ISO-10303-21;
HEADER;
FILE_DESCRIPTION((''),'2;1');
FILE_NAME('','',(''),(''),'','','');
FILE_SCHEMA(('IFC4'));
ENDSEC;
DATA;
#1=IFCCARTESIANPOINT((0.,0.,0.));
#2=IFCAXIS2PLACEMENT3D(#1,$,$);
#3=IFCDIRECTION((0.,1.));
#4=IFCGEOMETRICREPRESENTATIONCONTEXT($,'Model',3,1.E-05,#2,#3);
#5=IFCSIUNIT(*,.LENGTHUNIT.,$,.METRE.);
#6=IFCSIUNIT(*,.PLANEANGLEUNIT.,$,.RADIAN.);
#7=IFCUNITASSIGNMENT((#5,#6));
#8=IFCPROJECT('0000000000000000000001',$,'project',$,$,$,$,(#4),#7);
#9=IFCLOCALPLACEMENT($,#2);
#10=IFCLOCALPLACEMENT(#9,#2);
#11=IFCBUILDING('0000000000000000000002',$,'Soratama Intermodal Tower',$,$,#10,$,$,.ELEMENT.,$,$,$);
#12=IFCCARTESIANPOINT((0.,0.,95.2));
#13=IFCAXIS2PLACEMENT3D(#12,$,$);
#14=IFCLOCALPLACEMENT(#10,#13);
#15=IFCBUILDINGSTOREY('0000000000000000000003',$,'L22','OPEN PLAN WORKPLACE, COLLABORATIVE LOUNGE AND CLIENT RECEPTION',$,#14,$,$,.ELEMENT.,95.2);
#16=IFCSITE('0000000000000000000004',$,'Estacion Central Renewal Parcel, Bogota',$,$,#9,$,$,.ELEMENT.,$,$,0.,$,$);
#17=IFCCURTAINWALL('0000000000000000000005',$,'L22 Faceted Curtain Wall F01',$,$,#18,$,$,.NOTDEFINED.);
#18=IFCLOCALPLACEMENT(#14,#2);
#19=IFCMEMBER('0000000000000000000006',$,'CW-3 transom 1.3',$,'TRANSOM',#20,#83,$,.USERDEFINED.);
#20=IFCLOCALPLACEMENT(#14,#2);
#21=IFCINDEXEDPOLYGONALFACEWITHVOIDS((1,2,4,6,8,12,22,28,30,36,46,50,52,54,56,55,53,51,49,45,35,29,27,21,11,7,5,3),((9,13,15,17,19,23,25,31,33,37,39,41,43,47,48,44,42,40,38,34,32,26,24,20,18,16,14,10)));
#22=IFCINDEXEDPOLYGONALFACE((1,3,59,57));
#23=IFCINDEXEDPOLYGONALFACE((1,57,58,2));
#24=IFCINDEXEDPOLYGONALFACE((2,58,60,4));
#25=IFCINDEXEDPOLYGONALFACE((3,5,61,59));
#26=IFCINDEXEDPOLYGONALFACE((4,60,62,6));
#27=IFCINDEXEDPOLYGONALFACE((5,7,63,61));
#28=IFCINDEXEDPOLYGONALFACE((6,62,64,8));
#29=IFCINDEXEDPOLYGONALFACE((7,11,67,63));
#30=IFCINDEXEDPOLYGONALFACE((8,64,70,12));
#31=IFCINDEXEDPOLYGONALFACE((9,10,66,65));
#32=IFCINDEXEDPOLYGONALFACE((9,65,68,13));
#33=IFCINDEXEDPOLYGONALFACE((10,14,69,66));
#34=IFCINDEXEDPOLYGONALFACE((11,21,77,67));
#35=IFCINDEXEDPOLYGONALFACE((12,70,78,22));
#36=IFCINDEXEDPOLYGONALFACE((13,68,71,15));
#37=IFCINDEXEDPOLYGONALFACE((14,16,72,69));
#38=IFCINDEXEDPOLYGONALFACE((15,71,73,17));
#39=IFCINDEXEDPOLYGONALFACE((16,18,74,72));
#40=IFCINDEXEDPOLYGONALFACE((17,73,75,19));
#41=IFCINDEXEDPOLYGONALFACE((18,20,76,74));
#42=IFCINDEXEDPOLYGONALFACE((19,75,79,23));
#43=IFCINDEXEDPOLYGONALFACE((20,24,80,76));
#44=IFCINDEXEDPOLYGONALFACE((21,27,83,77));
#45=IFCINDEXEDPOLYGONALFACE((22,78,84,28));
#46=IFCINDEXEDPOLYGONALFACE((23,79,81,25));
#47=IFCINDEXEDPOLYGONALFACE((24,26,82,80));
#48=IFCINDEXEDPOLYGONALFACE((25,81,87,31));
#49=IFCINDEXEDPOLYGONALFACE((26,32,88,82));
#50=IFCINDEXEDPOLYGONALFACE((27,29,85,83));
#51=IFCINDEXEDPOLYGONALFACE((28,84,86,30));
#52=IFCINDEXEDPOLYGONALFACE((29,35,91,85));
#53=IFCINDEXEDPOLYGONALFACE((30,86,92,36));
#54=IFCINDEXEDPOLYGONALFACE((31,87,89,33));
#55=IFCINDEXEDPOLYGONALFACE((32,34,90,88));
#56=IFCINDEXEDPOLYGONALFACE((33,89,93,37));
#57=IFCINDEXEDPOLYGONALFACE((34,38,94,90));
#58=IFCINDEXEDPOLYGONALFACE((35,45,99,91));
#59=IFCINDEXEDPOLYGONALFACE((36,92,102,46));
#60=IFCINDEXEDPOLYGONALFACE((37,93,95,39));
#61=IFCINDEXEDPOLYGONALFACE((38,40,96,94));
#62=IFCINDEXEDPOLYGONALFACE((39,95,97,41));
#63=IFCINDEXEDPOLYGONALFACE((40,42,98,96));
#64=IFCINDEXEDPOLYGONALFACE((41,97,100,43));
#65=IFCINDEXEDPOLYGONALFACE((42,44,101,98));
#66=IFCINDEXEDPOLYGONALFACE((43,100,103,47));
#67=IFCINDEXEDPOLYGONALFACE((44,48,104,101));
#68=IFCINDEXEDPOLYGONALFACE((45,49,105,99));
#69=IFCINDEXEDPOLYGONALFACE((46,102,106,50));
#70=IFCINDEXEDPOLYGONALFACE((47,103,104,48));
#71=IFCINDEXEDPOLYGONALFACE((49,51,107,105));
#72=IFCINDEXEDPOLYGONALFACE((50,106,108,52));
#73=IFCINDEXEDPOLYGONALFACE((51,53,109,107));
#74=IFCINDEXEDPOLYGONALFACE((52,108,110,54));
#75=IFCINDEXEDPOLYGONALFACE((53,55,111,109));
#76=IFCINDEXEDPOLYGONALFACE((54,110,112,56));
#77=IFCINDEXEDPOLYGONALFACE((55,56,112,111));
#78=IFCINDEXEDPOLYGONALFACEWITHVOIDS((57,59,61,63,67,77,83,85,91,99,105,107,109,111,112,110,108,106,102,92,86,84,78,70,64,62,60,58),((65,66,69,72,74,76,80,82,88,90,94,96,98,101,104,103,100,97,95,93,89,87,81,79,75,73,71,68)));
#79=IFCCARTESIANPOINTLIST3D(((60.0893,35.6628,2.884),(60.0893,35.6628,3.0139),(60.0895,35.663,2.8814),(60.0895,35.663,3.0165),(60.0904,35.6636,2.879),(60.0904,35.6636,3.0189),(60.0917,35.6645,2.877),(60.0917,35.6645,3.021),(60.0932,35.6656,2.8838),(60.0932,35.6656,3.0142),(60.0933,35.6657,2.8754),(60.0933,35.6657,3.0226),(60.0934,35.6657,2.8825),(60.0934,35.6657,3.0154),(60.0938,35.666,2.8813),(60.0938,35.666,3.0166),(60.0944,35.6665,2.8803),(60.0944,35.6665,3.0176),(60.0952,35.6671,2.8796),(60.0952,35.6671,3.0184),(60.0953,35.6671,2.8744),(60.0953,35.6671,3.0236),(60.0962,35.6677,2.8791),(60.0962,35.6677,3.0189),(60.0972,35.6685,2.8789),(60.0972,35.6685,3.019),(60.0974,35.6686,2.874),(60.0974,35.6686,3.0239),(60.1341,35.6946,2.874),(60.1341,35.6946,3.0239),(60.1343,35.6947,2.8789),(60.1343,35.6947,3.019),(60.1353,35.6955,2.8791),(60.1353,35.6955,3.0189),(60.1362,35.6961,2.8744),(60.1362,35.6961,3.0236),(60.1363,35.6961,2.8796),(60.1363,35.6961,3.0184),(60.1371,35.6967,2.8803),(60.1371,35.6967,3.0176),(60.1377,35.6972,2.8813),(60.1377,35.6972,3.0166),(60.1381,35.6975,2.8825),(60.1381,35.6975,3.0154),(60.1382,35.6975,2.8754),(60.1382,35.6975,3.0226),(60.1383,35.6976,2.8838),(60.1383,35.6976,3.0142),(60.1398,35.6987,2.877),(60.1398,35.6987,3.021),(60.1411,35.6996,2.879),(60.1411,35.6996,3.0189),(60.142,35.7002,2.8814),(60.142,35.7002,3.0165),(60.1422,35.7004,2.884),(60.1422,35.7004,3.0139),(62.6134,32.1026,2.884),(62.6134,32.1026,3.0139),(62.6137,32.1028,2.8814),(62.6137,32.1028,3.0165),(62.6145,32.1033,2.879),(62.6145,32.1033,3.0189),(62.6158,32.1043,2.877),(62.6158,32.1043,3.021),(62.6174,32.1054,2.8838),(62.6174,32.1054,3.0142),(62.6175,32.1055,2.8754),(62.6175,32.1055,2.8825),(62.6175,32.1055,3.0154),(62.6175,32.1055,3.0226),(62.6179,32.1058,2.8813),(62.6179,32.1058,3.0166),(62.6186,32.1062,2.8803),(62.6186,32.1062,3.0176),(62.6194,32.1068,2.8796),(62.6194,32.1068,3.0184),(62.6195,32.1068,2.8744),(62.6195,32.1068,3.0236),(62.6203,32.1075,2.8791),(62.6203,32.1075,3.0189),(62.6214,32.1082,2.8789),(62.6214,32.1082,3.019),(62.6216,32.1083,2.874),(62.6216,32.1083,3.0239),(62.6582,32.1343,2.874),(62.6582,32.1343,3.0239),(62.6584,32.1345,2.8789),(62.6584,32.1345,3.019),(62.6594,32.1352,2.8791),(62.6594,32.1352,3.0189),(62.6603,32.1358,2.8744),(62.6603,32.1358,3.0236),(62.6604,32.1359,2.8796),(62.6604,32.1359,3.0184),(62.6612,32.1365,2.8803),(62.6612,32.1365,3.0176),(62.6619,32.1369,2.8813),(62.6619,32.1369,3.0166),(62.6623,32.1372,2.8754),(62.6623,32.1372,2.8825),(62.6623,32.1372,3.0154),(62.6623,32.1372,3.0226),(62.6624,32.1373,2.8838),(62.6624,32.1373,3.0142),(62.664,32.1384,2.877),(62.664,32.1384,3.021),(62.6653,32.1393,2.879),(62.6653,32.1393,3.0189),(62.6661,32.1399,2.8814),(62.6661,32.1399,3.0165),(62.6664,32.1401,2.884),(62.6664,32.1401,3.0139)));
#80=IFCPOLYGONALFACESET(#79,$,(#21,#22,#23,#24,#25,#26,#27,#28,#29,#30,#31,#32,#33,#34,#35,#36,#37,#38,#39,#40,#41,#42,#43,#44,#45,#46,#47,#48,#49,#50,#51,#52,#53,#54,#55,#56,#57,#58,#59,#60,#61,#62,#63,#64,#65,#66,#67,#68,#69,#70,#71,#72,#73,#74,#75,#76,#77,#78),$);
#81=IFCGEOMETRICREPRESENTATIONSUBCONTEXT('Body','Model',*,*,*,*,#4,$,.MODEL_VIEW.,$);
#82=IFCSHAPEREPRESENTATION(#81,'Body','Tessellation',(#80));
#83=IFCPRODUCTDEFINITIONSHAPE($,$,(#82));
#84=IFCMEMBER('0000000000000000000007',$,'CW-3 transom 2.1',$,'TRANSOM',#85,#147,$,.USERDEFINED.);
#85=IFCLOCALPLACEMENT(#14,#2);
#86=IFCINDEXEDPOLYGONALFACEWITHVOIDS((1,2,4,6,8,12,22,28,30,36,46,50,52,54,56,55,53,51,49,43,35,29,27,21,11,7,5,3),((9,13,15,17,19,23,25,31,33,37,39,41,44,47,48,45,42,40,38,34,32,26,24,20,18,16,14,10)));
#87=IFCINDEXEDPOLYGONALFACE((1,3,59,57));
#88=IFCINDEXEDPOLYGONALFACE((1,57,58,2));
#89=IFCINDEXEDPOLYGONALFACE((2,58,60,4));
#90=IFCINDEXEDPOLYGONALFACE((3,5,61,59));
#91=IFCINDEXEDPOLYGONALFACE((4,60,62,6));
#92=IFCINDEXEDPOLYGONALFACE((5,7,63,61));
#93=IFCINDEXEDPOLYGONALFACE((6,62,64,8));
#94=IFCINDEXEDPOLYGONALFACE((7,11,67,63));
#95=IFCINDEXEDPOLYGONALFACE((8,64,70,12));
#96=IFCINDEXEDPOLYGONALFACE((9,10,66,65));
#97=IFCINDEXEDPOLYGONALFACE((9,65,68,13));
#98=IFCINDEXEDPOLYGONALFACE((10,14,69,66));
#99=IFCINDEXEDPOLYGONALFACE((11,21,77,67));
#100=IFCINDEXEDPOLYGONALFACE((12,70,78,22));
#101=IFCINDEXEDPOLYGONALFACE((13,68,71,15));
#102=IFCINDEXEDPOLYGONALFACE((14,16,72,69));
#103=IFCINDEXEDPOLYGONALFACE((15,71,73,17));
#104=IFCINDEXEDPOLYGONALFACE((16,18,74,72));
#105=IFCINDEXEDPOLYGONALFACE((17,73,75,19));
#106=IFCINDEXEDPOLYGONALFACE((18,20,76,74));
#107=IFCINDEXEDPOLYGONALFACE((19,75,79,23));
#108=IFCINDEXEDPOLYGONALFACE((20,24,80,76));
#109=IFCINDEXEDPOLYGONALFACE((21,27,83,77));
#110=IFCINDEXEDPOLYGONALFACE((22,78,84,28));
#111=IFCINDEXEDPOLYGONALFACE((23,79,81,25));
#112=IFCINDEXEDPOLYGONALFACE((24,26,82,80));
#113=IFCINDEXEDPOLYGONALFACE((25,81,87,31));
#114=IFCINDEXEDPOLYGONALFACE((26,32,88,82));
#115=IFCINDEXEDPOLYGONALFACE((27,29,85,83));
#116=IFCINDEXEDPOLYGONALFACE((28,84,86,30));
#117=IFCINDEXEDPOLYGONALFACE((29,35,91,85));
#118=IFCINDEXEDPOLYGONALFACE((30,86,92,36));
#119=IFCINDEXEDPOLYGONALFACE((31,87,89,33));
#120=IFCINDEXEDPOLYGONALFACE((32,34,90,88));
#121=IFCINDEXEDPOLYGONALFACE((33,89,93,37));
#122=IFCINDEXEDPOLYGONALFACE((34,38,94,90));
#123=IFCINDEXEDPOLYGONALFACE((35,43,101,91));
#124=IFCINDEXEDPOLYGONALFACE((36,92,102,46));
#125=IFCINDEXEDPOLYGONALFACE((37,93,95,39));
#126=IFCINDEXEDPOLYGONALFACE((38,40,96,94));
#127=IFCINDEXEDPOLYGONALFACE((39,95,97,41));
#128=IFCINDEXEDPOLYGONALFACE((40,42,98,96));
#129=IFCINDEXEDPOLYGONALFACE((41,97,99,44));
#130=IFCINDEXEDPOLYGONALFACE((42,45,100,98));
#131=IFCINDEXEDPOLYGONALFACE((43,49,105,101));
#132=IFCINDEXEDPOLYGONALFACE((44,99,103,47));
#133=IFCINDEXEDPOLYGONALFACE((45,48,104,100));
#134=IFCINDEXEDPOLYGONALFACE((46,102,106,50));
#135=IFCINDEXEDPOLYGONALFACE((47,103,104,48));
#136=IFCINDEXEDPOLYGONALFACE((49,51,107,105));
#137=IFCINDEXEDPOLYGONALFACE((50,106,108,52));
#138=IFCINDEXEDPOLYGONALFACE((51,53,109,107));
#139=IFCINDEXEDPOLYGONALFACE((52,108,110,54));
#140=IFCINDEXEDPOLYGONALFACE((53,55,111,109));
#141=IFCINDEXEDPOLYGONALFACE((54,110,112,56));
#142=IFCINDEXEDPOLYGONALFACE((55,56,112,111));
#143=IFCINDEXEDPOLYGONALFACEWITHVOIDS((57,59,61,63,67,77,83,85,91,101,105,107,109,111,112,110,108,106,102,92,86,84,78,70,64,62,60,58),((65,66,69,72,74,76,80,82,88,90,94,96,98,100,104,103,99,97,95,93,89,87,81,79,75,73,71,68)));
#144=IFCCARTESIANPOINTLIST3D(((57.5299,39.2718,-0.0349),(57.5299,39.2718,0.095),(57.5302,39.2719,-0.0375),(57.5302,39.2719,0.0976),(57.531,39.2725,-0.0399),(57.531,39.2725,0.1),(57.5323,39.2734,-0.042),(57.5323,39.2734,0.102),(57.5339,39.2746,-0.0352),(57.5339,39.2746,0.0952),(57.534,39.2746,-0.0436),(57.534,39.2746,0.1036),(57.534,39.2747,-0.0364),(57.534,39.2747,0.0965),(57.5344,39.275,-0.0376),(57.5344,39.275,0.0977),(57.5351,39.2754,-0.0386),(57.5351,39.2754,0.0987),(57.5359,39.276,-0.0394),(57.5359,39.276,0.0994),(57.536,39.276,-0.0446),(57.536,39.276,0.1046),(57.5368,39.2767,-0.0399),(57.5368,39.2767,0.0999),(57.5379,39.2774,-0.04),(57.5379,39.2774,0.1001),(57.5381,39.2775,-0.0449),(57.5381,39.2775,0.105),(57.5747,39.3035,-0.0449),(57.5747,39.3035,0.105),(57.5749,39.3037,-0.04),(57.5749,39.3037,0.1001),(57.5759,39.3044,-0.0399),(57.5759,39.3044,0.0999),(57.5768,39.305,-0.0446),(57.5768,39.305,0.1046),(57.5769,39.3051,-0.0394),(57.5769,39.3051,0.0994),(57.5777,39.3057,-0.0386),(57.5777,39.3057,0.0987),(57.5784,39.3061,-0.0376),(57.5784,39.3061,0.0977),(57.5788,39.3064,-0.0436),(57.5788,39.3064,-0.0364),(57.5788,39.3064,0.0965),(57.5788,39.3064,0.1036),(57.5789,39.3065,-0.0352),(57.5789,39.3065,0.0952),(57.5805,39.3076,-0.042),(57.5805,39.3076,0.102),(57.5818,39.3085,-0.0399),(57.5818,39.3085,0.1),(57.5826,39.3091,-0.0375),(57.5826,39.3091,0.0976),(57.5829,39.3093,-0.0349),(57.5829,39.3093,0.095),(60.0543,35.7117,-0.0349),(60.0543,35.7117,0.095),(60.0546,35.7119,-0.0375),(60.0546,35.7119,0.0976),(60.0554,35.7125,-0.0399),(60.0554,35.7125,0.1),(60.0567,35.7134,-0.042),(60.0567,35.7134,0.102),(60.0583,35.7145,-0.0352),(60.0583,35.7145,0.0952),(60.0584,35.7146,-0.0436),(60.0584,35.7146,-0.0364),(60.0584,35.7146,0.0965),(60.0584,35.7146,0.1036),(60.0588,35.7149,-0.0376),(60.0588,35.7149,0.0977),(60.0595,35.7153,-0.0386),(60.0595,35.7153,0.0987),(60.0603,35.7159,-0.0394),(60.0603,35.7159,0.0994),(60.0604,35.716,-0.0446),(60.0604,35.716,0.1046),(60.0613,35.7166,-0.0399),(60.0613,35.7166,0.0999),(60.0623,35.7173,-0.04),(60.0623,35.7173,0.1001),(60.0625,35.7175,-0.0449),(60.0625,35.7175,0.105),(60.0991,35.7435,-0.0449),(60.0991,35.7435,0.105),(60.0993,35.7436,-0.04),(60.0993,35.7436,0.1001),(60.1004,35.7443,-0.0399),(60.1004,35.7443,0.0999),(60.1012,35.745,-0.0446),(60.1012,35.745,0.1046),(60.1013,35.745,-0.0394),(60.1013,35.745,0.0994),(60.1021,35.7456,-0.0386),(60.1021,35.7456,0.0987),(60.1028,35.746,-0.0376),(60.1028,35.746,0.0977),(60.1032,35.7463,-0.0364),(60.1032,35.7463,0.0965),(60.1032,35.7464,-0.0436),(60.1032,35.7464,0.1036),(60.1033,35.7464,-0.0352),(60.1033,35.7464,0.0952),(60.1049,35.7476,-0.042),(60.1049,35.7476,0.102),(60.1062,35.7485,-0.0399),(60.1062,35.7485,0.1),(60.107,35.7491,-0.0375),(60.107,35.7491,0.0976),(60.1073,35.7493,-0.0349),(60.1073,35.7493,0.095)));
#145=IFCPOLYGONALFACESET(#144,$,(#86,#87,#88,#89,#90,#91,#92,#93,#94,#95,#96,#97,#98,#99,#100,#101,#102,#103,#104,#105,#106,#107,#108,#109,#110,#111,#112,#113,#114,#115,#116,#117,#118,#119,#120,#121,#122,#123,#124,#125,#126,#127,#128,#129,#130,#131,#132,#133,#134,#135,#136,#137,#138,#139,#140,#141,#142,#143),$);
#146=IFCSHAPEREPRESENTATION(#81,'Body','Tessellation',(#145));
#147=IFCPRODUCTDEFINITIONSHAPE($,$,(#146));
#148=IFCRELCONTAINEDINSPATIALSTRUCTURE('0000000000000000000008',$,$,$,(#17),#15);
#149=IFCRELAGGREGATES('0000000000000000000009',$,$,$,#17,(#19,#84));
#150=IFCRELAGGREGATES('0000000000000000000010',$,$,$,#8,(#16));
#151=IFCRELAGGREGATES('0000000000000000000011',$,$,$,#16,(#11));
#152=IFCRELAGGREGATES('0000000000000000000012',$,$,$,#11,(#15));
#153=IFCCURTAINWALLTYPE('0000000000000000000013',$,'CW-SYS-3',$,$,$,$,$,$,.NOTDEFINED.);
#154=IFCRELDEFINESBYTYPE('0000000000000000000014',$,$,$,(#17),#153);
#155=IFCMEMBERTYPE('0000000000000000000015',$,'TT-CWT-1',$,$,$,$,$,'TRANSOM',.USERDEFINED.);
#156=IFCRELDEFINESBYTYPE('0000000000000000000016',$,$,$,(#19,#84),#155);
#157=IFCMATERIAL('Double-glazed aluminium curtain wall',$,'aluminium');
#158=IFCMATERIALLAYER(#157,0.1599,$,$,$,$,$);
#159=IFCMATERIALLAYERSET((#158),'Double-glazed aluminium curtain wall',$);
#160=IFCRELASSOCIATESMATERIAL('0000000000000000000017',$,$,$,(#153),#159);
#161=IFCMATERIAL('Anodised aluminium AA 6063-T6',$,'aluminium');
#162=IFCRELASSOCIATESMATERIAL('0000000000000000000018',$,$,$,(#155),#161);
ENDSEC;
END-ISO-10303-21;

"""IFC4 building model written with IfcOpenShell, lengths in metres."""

from ifc_helpers import new_model, si_unit, direction, frame, origin, origin_2d, place, context, subcontext, project, spatial, hollow_rectangle, extrude, material, layer, layer_set, material_profile, profile_set, type_object, element, aggregate, save


model = new_model("IFC4")

# Units and contexts
model_context = context("Model", 3, precision=1e-05, world=origin(), true_north=direction((0.0, 1.0)))
body_context = subcontext(model_context, "Body", "Model", "MODEL_VIEW")
ifc_project = project(units=[si_unit("LENGTHUNIT", "METRE"), si_unit("PLANEANGLEUNIT", "RADIAN")], contexts=[model_context])

# Site, building, storey
site_placement = place(None, origin())
site = spatial("IfcSite", under=ifc_project, at=site_placement, Name="Estacion Central Renewal Parcel, Bogota", CompositionType="ELEMENT", RefElevation=0.0)
building_placement = place(site_placement, origin())
building = spatial("IfcBuilding", under=site, at=building_placement, Name="Soratama Intermodal Tower", CompositionType="ELEMENT")
storey_placement = place(building_placement, frame((0.0, 0.0, 95.2)))
storey = spatial("IfcBuildingStorey", under=building, at=storey_placement, Name="L22", Description="OPEN PLAN WORKPLACE, COLLABORATIVE LOUNGE AND CLIENT RECEPTION", CompositionType="ELEMENT", Elevation=95.2)

# Curtain wall, members
ifc_material_1 = material(Name="Double-glazed aluminium curtain wall", Category="aluminium")
ifc_layer_1 = layer(ifc_material_1, 0.1599)
ifc_layer_set_1 = layer_set([ifc_layer_1], Name="Double-glazed aluminium curtain wall")
curtain_wall_type = type_object("IfcCurtainWallType", Name="CW-SYS-3", PredefinedType="NOTDEFINED", material=ifc_layer_set_1)
curtain_wall_placement = place(storey_placement, origin())
curtain_wall = element("IfcCurtainWall", 1, at=curtain_wall_placement, inside=storey, type_object=curtain_wall_type, Name="L22 Faceted Curtain Wall F01", PredefinedType="NOTDEFINED")
ifc_material_2 = material(Name="Anodised aluminium AA 6063-T6", Category="aluminium")
ifc_material_profile_1 = material_profile(ifc_material_2, hollow_rectangle(XDim=0.0649, YDim=0.1499, WallThickness=0.0049, InnerFilletRadius=0.0049, OuterFilletRadius=0.01, at=origin_2d()), Name="CWT150X65X5")
ifc_profile_set_1 = profile_set([ifc_material_profile_1], Name="Anodised aluminium AA 6063-T6")
member_type_1 = type_object("IfcMemberType", Name="TT-CWT-1", ElementType="TRANSOM", PredefinedType="USERDEFINED", material=ifc_profile_set_1)
member_1_placement = place(storey_placement, frame((62.6399, 32.1213, 2.949), z_axis=(-0.578367, 0.815777, 0.0), x_axis=(-0.815777, -0.578367, 0.0)))
member_1 = element("IfcMember", 2, at=member_1_placement, type_object=member_type_1, Name="CW-3 transom 1.3", ObjectType="TRANSOM", PredefinedType="USERDEFINED", context=body_context, shape_type="SweptSolid", body=[
    extrude(hollow_rectangle(XDim=0.0649, YDim=0.1499, WallThickness=0.0049, InnerFilletRadius=0.0049, OuterFilletRadius=0.01, at=origin_2d()), origin(), (0.0, 0.0, 1.0), 4.3643),
])
member_2_placement = place(storey_placement, frame((60.0808, 35.7305, 0.03), z_axis=(-0.57843, 0.815732, 0.0), x_axis=(-0.815732, -0.57843, 0.0)))
member_2 = element("IfcMember", 3, at=member_2_placement, type_object=member_type_1, Name="CW-3 transom 2.1", ObjectType="TRANSOM", PredefinedType="USERDEFINED", context=body_context, shape_type="SweptSolid", body=[
    extrude(hollow_rectangle(XDim=0.0649, YDim=0.1499, WallThickness=0.0049, InnerFilletRadius=0.0049, OuterFilletRadius=0.01, at=origin_2d()), origin(), (0.0, 0.0, 1.0), 4.3643),
])
aggregate(curtain_wall, [member_1, member_2])

save(model, "model.ifc")
